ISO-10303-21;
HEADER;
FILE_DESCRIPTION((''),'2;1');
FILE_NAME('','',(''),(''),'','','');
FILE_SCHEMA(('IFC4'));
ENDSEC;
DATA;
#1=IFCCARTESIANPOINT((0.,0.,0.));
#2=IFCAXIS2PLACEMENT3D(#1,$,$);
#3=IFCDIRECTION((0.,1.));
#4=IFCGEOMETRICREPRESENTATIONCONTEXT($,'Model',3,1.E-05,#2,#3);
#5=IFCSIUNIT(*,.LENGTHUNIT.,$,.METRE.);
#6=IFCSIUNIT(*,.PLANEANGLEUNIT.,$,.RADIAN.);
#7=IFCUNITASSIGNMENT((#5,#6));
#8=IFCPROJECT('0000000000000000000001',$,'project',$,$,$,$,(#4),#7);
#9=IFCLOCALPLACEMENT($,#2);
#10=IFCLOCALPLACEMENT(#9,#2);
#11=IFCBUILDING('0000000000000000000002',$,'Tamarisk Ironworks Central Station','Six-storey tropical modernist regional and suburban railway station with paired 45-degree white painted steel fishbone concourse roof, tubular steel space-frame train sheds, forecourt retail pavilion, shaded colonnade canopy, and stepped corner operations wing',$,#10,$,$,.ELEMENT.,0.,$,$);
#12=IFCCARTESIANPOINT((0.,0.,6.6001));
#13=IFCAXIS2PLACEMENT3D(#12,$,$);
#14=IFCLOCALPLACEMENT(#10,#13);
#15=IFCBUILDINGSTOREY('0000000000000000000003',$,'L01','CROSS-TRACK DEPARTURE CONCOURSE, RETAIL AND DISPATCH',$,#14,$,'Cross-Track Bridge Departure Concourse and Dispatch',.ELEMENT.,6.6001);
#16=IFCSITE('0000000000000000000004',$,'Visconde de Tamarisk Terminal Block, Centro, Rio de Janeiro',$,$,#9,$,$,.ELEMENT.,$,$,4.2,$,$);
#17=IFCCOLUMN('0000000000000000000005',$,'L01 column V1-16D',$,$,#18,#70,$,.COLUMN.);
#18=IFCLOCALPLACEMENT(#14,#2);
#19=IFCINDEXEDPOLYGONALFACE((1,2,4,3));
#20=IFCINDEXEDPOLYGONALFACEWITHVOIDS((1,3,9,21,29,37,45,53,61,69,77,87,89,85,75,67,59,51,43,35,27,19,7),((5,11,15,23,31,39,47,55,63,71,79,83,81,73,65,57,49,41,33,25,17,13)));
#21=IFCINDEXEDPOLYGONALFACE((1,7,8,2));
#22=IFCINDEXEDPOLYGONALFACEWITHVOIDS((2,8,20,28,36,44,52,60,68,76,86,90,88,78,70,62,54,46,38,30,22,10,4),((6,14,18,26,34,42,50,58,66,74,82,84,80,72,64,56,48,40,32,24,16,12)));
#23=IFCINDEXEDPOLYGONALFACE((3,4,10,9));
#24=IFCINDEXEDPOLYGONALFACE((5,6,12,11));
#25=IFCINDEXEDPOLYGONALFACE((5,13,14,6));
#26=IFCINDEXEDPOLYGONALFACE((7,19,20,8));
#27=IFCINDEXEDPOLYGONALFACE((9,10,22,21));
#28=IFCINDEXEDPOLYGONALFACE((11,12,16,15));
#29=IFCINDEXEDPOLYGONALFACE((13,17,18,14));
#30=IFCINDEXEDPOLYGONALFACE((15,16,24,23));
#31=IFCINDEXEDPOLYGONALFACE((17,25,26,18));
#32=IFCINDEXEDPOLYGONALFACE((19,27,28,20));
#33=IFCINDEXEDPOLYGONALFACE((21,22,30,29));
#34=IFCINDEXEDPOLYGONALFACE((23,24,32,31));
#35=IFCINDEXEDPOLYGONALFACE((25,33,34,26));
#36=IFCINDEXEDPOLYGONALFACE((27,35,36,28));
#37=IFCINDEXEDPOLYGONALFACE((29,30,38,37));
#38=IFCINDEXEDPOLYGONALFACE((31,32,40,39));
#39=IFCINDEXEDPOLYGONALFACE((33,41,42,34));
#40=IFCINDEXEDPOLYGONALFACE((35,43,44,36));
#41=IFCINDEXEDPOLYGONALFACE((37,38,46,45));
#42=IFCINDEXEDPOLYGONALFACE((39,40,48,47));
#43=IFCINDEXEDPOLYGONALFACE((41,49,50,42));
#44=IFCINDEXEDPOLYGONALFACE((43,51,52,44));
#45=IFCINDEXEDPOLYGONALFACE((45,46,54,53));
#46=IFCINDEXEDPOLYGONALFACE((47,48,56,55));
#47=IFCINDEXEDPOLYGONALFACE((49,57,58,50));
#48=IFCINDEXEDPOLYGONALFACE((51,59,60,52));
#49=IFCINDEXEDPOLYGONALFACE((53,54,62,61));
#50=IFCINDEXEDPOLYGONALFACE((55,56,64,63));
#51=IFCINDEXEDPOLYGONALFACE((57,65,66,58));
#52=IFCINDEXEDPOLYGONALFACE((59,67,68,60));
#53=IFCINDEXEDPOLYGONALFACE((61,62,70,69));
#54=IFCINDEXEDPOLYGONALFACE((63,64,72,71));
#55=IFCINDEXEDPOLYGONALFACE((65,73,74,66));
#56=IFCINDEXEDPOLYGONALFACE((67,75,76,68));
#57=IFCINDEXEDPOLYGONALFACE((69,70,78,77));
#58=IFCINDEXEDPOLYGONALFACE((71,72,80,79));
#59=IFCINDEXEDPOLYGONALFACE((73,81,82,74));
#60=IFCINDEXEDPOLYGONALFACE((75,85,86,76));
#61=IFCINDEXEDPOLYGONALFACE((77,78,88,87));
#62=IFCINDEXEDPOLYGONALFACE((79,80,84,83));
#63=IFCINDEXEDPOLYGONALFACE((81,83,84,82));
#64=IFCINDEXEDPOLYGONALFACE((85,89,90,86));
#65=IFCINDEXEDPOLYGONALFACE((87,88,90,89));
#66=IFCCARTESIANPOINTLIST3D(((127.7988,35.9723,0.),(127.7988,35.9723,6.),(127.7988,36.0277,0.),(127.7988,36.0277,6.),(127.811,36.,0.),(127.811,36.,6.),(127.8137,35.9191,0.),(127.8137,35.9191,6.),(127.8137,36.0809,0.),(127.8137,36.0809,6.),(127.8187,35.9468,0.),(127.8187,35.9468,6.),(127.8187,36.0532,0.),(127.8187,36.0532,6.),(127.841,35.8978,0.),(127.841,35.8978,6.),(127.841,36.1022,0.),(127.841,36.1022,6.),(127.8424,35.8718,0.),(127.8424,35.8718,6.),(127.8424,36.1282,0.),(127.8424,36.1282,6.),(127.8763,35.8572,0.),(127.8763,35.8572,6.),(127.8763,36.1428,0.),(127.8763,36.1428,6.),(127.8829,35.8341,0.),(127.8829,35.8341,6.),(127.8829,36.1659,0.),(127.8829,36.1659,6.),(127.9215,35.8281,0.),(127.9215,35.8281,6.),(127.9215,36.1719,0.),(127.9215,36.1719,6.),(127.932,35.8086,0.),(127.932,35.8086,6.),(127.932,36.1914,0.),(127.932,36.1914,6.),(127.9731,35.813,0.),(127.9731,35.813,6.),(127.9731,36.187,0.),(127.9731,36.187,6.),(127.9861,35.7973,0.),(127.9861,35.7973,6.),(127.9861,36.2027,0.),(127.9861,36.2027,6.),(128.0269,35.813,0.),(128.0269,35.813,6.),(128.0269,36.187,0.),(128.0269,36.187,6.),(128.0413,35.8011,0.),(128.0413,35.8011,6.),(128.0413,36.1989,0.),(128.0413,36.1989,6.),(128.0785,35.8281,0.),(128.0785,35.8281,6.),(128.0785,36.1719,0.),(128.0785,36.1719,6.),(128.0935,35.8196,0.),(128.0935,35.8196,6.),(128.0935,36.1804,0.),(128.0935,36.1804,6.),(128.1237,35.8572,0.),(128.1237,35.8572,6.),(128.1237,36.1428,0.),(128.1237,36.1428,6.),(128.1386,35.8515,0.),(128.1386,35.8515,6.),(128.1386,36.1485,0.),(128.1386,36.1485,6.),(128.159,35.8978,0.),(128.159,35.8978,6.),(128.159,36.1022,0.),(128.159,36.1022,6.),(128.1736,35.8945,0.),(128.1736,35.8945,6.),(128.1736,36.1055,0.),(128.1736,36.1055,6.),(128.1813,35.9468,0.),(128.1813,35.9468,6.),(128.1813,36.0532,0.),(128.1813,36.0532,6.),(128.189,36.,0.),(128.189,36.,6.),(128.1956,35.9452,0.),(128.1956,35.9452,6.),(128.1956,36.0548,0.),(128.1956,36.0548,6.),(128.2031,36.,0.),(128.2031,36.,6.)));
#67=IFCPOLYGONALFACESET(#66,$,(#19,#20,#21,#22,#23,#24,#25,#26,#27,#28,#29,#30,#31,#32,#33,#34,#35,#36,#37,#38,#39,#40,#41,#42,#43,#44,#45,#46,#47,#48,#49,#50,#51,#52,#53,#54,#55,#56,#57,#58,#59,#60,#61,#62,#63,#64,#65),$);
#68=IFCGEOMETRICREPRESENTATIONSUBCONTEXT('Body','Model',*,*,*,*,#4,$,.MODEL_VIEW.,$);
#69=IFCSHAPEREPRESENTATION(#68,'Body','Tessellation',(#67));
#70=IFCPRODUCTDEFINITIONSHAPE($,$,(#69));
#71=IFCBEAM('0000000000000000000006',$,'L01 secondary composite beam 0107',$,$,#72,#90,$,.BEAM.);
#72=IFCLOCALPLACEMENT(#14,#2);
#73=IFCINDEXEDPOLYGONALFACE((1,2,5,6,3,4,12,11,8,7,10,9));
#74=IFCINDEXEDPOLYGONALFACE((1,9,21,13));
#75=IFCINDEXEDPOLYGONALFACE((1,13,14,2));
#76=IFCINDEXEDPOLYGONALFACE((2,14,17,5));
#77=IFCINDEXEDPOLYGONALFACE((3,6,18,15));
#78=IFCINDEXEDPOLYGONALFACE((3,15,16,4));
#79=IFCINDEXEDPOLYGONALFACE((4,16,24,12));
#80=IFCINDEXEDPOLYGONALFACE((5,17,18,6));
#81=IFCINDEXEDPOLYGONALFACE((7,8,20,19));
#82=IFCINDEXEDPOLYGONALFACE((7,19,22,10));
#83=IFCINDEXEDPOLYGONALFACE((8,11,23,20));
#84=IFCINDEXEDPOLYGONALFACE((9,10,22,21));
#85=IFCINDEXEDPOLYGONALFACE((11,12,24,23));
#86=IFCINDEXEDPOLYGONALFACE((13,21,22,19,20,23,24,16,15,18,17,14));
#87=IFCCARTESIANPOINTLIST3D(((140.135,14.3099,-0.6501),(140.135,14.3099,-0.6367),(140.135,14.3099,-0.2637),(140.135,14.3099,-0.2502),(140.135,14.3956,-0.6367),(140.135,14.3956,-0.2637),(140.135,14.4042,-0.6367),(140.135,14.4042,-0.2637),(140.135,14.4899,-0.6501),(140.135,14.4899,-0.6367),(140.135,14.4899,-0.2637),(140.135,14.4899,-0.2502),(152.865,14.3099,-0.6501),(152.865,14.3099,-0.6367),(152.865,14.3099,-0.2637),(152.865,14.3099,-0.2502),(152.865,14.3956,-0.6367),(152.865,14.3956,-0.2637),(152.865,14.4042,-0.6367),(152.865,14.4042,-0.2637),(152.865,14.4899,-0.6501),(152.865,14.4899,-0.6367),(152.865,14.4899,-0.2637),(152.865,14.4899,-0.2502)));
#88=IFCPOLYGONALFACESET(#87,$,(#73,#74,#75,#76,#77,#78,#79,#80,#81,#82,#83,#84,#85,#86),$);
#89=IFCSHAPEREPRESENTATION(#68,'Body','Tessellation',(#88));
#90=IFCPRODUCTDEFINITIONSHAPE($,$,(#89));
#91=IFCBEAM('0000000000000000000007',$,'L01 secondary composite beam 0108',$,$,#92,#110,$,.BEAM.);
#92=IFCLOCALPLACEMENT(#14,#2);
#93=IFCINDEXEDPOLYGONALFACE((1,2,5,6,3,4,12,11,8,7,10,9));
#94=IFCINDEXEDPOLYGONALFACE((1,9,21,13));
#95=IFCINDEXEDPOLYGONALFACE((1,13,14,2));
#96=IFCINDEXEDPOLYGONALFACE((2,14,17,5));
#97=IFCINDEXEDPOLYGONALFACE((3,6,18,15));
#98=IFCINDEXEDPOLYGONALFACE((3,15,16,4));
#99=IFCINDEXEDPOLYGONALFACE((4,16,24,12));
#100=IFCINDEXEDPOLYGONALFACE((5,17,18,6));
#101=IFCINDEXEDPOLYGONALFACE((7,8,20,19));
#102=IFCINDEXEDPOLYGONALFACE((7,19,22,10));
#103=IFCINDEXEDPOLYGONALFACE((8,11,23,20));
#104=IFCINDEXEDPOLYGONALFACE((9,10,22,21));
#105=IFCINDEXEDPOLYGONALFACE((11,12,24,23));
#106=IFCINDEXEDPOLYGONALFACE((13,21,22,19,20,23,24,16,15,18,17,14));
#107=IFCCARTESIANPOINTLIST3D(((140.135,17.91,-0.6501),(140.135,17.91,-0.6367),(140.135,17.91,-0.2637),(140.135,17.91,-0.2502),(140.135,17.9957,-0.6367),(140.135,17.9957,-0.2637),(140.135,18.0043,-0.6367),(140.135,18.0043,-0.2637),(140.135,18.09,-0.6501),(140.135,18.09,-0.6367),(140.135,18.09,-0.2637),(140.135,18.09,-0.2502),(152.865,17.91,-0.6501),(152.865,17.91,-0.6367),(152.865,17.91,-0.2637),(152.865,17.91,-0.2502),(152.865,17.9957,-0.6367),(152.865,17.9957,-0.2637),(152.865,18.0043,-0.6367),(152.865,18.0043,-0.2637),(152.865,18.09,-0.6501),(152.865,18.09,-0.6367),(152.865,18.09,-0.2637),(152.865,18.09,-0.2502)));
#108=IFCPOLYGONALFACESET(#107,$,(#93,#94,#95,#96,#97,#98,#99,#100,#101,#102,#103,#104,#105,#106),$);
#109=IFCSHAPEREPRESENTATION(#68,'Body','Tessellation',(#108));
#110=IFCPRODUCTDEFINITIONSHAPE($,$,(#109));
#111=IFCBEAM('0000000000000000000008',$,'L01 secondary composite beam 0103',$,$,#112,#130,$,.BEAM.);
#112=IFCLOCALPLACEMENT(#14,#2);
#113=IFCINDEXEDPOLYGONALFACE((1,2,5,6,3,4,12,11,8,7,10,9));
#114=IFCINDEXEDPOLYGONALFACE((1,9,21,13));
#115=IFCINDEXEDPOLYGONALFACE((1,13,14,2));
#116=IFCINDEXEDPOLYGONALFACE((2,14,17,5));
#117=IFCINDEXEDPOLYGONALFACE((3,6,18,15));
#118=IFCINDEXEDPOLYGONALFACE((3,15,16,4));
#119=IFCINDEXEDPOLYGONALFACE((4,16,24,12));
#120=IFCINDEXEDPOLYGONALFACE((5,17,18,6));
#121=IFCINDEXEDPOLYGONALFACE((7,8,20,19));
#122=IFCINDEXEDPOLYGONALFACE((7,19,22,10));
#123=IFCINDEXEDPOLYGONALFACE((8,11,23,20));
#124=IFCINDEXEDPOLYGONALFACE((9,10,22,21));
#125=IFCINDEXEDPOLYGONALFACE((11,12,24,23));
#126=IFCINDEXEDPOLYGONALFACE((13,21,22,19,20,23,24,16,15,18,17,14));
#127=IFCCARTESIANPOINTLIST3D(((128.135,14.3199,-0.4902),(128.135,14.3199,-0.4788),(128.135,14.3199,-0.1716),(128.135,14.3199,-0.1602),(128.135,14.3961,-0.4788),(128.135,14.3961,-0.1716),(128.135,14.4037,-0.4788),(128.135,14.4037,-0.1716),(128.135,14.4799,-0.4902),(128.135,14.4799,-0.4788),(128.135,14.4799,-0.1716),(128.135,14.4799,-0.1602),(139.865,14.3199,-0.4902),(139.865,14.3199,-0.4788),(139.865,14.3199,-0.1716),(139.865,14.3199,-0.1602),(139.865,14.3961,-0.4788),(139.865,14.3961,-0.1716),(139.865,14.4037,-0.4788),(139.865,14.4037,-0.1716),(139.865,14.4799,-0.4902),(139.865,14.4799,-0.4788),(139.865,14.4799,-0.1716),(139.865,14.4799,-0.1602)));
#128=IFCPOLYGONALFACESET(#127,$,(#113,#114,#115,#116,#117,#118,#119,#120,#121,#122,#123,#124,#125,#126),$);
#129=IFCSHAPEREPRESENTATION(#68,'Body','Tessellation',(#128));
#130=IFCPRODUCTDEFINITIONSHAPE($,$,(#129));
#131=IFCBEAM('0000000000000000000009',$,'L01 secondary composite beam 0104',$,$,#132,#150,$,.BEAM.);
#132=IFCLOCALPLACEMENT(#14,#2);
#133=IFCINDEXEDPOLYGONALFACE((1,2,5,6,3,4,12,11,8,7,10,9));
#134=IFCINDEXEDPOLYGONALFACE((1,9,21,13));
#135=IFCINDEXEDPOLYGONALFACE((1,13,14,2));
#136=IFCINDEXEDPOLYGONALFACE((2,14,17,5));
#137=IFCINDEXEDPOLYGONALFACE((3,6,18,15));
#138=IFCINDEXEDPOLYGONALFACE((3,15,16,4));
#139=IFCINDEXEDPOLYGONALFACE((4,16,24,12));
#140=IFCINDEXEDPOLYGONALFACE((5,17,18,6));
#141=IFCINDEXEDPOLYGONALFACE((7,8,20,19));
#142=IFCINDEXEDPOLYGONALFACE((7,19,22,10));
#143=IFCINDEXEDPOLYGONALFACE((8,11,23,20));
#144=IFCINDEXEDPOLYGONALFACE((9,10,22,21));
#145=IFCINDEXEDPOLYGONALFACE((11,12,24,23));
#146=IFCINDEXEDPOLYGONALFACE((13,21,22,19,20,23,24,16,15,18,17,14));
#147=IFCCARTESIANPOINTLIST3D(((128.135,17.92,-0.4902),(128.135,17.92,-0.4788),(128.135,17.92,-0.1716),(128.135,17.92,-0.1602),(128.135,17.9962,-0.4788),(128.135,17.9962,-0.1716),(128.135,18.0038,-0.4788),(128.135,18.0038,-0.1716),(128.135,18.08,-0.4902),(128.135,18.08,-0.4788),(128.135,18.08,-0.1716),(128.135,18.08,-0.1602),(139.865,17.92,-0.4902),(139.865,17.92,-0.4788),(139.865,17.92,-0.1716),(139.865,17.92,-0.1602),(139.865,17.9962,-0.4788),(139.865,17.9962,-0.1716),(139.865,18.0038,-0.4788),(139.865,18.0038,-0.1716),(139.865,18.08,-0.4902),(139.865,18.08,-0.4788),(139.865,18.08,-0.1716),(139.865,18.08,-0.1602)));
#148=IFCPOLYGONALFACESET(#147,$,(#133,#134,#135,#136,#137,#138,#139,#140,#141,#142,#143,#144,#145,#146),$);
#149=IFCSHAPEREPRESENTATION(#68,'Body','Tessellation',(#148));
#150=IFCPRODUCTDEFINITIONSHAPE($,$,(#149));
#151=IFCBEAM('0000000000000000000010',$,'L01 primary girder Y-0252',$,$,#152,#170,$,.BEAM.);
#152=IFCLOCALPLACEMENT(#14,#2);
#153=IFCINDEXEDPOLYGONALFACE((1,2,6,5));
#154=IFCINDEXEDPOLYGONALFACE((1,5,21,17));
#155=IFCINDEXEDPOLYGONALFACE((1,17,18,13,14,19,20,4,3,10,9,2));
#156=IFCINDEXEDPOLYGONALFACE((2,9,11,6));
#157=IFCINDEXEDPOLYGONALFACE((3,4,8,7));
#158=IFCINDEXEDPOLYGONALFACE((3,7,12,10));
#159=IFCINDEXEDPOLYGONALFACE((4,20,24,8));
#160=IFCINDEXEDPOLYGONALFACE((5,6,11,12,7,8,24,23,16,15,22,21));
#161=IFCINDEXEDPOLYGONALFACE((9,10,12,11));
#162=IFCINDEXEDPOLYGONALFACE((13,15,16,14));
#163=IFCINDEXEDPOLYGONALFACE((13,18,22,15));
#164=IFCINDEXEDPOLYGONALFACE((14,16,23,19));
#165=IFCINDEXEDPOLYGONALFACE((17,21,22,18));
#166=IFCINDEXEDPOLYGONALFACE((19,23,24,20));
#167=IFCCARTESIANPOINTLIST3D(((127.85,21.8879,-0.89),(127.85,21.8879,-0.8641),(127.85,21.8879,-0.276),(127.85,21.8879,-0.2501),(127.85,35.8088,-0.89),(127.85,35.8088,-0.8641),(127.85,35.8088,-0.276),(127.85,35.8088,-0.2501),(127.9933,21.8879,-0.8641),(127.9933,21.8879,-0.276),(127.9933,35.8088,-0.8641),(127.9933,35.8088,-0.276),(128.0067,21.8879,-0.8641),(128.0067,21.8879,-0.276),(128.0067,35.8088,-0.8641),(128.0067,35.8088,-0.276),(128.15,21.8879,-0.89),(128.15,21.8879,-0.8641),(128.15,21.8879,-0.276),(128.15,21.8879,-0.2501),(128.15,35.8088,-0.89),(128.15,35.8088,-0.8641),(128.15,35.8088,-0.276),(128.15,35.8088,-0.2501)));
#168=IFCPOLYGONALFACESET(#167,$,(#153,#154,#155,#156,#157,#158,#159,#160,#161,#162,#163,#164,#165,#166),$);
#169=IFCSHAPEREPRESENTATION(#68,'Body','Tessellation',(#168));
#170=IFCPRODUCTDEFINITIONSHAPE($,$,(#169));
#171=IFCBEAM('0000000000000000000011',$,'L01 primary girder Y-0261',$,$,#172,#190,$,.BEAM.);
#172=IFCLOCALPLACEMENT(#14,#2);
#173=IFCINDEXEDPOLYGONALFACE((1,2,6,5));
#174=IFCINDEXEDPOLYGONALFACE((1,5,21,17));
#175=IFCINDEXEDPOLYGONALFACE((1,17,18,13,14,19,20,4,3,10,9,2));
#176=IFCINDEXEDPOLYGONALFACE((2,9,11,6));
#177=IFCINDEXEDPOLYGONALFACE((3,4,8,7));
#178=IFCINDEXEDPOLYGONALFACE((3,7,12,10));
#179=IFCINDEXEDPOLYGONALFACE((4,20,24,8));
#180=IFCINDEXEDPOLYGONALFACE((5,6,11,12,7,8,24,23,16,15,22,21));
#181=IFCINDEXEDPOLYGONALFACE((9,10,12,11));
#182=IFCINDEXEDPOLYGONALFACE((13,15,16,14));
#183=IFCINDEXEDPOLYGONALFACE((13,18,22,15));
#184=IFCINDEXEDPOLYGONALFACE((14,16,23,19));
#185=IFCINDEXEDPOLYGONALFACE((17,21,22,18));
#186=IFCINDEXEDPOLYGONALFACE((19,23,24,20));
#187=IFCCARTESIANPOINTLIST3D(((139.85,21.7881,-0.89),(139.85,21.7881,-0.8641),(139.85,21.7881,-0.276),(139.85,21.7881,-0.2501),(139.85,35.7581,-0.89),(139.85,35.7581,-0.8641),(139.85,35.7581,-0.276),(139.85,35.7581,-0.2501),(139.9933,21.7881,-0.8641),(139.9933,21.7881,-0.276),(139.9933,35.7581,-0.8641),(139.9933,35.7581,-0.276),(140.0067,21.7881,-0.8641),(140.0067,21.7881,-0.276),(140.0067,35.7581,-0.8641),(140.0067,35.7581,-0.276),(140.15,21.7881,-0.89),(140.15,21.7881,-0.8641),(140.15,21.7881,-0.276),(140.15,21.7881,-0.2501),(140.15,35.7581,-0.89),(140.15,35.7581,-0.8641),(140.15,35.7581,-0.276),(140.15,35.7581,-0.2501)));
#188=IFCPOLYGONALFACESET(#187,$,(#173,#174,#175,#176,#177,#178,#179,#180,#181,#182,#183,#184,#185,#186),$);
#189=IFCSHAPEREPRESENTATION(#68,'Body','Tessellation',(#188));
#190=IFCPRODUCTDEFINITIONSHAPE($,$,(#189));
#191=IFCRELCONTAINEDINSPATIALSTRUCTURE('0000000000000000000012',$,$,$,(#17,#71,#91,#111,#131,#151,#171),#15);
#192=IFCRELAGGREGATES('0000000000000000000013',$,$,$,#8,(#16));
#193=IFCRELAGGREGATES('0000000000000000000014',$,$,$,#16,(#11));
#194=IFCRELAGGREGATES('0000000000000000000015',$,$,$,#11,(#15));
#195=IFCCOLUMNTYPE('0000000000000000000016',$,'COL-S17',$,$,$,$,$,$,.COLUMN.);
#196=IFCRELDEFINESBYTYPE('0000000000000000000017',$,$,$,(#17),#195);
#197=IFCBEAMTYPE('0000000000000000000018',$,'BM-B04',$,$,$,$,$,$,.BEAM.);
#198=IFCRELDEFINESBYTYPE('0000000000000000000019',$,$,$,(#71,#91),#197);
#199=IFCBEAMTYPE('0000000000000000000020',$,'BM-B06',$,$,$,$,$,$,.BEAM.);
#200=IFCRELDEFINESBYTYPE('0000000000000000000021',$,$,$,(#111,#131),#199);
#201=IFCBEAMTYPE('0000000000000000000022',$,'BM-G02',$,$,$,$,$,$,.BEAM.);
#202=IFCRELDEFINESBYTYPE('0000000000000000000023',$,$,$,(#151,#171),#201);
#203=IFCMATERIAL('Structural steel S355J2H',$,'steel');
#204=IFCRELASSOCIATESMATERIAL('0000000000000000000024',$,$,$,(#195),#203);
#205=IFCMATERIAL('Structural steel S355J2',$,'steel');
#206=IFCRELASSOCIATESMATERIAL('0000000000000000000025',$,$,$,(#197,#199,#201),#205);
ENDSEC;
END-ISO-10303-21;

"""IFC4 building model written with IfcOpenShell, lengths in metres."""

from ifc_helpers import new_model, si_unit, direction, frame, origin, origin_2d, place, context, subcontext, project, spatial, hollow_circle, i_section, extrude, material, material_profile, profile_set, type_object, element, save


model = new_model("IFC4")

# Units and contexts
model_context = context("Model", 3, precision=1e-05, world=origin(), true_north=direction((0.0, 1.0)))
body_context = subcontext(model_context, "Body", "Model", "MODEL_VIEW")
ifc_project = project(units=[si_unit("LENGTHUNIT", "METRE"), si_unit("PLANEANGLEUNIT", "RADIAN")], contexts=[model_context])

# Site, building, storey
site_placement = place(None, origin())
site = spatial("IfcSite", under=ifc_project, at=site_placement, Name="Visconde de Tamarisk Terminal Block, Centro, Rio de Janeiro", CompositionType="ELEMENT", RefElevation=4.2)
building_placement = place(site_placement, origin())
building = spatial("IfcBuilding", under=site, at=building_placement, Name="Tamarisk Ironworks Central Station", Description="Six-storey tropical modernist regional and suburban railway station with paired 45-degree white painted steel fishbone concourse roof, tubular steel space-frame train sheds, forecourt retail pavilion, shaded colonnade canopy, and stepped corner operations wing", CompositionType="ELEMENT", ElevationOfRefHeight=0.0)
storey_placement = place(building_placement, frame((0.0, 0.0, 6.6001)))
storey = spatial("IfcBuildingStorey", under=building, at=storey_placement, Name="L01", Description="CROSS-TRACK DEPARTURE CONCOURSE, RETAIL AND DISPATCH", LongName="Cross-Track Bridge Departure Concourse and Dispatch", CompositionType="ELEMENT", Elevation=6.6001)

# Column
ifc_material_1 = material(Name="Structural steel S355J2", Category="steel")
ifc_material_2 = material(Name="Structural steel S355J2H", Category="steel")
ifc_material_profile_1 = material_profile(ifc_material_2, hollow_circle(Radius=0.2031, WallThickness=0.0142, at=origin_2d()), Name="CHS 406.4x14.2")
ifc_profile_set_1 = profile_set([ifc_material_profile_1], Name="Structural steel S355J2H")
column_type_1 = type_object("IfcColumnType", Name="COL-S17", PredefinedType="COLUMN", material=ifc_profile_set_1)
column_1_placement = place(storey_placement, frame((128.0, 36.0, 0.0), z_axis=(0.0, 0.0, 1.0), x_axis=(1.0, 0.0, 0.0)))
element("IfcColumn", 1, at=column_1_placement, inside=storey, type_object=column_type_1, Name="L01 column V1-16D", PredefinedType="COLUMN", context=body_context, shape_type="SweptSolid", body=[
    extrude(hollow_circle(Radius=0.2031, WallThickness=0.0142, at=origin_2d()), origin(), (0.0, 0.0, 1.0), 6.0),
])

# Beams
ifc_material_profile_2 = material_profile(ifc_material_1, i_section(OverallWidth=0.1799, OverallDepth=0.3999, WebThickness=0.0085, FlangeThickness=0.0134, at=origin_2d()), Name="IPE 400")
ifc_profile_set_2 = profile_set([ifc_material_profile_2], Name="Structural steel S355J2")
beam_type_1 = type_object("IfcBeamType", Name="BM-B04", PredefinedType="BEAM", material=ifc_profile_set_2)
for number, where, z_axis, x_axis, name in (
    (2, (140.135, 14.3999, -0.4502), (1.0, 0.0, 0.0), (0.0, 1.0, 0.0), "L01 secondary composite beam 0107"),
    (3, (140.135, 18.0, -0.4502), (1.0, 0.0, 0.0), (0.0, 1.0, 0.0), "L01 secondary composite beam 0108"),
):
    element("IfcBeam", number, at=place(storey_placement, frame(where, z_axis=z_axis, x_axis=x_axis)), inside=storey, type_object=beam_type_1, Name=name, PredefinedType="BEAM", context=body_context, shape_type="SweptSolid", body=[
        extrude(i_section(OverallWidth=0.1799, OverallDepth=0.3999, WebThickness=0.0085, FlangeThickness=0.0134, at=origin_2d()), origin(), (0.0, 0.0, 1.0), 12.73),
    ])
ifc_material_profile_3 = material_profile(ifc_material_1, i_section(OverallWidth=0.1599, OverallDepth=0.3301, WebThickness=0.0076, FlangeThickness=0.0115, at=origin_2d()), Name="IPE 330")
ifc_profile_set_3 = profile_set([ifc_material_profile_3], Name="Structural steel S355J2")
beam_type_2 = type_object("IfcBeamType", Name="BM-B06", PredefinedType="BEAM", material=ifc_profile_set_3)
for number, where, z_axis, x_axis, name in (
    (4, (128.135, 14.3999, -0.3252), (1.0, 0.0, 0.0), (0.0, 1.0, 0.0), "L01 secondary composite beam 0103"),
    (5, (128.135, 18.0, -0.3252), (1.0, 0.0, 0.0), (0.0, 1.0, 0.0), "L01 secondary composite beam 0104"),
):
    element("IfcBeam", number, at=place(storey_placement, frame(where, z_axis=z_axis, x_axis=x_axis)), inside=storey, type_object=beam_type_2, Name=name, PredefinedType="BEAM", context=body_context, shape_type="SweptSolid", body=[
        extrude(i_section(OverallWidth=0.1599, OverallDepth=0.3301, WebThickness=0.0076, FlangeThickness=0.0115, at=origin_2d()), origin(), (0.0, 0.0, 1.0), 11.73),
    ])
ifc_material_profile_4 = material_profile(ifc_material_1, i_section(OverallWidth=0.3, OverallDepth=0.6399, WebThickness=0.0134, FlangeThickness=0.0259, at=origin_2d()), Name="HEA 650")
ifc_profile_set_4 = profile_set([ifc_material_profile_4], Name="Structural steel S355J2")
beam_type_3 = type_object("IfcBeamType", Name="BM-G02", PredefinedType="BEAM", material=ifc_profile_set_4)
beam_1_placement = place(storey_placement, frame((128.0, 21.8879, -0.5701), z_axis=(0.0, 1.0, 0.0), x_axis=(-1.0, 0.0, 0.0)))
element("IfcBeam", 6, at=beam_1_placement, inside=storey, type_object=beam_type_3, Name="L01 primary girder Y-0252", PredefinedType="BEAM", context=body_context, shape_type="SweptSolid", body=[
    extrude(i_section(OverallWidth=0.3, OverallDepth=0.6399, WebThickness=0.0134, FlangeThickness=0.0259, at=origin_2d()), origin(), (0.0, 0.0, 1.0), 13.9209),
])
beam_2_placement = place(storey_placement, frame((140.0, 21.7881, -0.5701), z_axis=(0.0, 1.0, 0.0), x_axis=(-1.0, 0.0, 0.0)))
element("IfcBeam", 7, at=beam_2_placement, inside=storey, type_object=beam_type_3, Name="L01 primary girder Y-0261", PredefinedType="BEAM", context=body_context, shape_type="SweptSolid", body=[
    extrude(i_section(OverallWidth=0.3, OverallDepth=0.6399, WebThickness=0.0134, FlangeThickness=0.0259, at=origin_2d()), origin(), (0.0, 0.0, 1.0), 13.97),
])

save(model, "model.ifc")
